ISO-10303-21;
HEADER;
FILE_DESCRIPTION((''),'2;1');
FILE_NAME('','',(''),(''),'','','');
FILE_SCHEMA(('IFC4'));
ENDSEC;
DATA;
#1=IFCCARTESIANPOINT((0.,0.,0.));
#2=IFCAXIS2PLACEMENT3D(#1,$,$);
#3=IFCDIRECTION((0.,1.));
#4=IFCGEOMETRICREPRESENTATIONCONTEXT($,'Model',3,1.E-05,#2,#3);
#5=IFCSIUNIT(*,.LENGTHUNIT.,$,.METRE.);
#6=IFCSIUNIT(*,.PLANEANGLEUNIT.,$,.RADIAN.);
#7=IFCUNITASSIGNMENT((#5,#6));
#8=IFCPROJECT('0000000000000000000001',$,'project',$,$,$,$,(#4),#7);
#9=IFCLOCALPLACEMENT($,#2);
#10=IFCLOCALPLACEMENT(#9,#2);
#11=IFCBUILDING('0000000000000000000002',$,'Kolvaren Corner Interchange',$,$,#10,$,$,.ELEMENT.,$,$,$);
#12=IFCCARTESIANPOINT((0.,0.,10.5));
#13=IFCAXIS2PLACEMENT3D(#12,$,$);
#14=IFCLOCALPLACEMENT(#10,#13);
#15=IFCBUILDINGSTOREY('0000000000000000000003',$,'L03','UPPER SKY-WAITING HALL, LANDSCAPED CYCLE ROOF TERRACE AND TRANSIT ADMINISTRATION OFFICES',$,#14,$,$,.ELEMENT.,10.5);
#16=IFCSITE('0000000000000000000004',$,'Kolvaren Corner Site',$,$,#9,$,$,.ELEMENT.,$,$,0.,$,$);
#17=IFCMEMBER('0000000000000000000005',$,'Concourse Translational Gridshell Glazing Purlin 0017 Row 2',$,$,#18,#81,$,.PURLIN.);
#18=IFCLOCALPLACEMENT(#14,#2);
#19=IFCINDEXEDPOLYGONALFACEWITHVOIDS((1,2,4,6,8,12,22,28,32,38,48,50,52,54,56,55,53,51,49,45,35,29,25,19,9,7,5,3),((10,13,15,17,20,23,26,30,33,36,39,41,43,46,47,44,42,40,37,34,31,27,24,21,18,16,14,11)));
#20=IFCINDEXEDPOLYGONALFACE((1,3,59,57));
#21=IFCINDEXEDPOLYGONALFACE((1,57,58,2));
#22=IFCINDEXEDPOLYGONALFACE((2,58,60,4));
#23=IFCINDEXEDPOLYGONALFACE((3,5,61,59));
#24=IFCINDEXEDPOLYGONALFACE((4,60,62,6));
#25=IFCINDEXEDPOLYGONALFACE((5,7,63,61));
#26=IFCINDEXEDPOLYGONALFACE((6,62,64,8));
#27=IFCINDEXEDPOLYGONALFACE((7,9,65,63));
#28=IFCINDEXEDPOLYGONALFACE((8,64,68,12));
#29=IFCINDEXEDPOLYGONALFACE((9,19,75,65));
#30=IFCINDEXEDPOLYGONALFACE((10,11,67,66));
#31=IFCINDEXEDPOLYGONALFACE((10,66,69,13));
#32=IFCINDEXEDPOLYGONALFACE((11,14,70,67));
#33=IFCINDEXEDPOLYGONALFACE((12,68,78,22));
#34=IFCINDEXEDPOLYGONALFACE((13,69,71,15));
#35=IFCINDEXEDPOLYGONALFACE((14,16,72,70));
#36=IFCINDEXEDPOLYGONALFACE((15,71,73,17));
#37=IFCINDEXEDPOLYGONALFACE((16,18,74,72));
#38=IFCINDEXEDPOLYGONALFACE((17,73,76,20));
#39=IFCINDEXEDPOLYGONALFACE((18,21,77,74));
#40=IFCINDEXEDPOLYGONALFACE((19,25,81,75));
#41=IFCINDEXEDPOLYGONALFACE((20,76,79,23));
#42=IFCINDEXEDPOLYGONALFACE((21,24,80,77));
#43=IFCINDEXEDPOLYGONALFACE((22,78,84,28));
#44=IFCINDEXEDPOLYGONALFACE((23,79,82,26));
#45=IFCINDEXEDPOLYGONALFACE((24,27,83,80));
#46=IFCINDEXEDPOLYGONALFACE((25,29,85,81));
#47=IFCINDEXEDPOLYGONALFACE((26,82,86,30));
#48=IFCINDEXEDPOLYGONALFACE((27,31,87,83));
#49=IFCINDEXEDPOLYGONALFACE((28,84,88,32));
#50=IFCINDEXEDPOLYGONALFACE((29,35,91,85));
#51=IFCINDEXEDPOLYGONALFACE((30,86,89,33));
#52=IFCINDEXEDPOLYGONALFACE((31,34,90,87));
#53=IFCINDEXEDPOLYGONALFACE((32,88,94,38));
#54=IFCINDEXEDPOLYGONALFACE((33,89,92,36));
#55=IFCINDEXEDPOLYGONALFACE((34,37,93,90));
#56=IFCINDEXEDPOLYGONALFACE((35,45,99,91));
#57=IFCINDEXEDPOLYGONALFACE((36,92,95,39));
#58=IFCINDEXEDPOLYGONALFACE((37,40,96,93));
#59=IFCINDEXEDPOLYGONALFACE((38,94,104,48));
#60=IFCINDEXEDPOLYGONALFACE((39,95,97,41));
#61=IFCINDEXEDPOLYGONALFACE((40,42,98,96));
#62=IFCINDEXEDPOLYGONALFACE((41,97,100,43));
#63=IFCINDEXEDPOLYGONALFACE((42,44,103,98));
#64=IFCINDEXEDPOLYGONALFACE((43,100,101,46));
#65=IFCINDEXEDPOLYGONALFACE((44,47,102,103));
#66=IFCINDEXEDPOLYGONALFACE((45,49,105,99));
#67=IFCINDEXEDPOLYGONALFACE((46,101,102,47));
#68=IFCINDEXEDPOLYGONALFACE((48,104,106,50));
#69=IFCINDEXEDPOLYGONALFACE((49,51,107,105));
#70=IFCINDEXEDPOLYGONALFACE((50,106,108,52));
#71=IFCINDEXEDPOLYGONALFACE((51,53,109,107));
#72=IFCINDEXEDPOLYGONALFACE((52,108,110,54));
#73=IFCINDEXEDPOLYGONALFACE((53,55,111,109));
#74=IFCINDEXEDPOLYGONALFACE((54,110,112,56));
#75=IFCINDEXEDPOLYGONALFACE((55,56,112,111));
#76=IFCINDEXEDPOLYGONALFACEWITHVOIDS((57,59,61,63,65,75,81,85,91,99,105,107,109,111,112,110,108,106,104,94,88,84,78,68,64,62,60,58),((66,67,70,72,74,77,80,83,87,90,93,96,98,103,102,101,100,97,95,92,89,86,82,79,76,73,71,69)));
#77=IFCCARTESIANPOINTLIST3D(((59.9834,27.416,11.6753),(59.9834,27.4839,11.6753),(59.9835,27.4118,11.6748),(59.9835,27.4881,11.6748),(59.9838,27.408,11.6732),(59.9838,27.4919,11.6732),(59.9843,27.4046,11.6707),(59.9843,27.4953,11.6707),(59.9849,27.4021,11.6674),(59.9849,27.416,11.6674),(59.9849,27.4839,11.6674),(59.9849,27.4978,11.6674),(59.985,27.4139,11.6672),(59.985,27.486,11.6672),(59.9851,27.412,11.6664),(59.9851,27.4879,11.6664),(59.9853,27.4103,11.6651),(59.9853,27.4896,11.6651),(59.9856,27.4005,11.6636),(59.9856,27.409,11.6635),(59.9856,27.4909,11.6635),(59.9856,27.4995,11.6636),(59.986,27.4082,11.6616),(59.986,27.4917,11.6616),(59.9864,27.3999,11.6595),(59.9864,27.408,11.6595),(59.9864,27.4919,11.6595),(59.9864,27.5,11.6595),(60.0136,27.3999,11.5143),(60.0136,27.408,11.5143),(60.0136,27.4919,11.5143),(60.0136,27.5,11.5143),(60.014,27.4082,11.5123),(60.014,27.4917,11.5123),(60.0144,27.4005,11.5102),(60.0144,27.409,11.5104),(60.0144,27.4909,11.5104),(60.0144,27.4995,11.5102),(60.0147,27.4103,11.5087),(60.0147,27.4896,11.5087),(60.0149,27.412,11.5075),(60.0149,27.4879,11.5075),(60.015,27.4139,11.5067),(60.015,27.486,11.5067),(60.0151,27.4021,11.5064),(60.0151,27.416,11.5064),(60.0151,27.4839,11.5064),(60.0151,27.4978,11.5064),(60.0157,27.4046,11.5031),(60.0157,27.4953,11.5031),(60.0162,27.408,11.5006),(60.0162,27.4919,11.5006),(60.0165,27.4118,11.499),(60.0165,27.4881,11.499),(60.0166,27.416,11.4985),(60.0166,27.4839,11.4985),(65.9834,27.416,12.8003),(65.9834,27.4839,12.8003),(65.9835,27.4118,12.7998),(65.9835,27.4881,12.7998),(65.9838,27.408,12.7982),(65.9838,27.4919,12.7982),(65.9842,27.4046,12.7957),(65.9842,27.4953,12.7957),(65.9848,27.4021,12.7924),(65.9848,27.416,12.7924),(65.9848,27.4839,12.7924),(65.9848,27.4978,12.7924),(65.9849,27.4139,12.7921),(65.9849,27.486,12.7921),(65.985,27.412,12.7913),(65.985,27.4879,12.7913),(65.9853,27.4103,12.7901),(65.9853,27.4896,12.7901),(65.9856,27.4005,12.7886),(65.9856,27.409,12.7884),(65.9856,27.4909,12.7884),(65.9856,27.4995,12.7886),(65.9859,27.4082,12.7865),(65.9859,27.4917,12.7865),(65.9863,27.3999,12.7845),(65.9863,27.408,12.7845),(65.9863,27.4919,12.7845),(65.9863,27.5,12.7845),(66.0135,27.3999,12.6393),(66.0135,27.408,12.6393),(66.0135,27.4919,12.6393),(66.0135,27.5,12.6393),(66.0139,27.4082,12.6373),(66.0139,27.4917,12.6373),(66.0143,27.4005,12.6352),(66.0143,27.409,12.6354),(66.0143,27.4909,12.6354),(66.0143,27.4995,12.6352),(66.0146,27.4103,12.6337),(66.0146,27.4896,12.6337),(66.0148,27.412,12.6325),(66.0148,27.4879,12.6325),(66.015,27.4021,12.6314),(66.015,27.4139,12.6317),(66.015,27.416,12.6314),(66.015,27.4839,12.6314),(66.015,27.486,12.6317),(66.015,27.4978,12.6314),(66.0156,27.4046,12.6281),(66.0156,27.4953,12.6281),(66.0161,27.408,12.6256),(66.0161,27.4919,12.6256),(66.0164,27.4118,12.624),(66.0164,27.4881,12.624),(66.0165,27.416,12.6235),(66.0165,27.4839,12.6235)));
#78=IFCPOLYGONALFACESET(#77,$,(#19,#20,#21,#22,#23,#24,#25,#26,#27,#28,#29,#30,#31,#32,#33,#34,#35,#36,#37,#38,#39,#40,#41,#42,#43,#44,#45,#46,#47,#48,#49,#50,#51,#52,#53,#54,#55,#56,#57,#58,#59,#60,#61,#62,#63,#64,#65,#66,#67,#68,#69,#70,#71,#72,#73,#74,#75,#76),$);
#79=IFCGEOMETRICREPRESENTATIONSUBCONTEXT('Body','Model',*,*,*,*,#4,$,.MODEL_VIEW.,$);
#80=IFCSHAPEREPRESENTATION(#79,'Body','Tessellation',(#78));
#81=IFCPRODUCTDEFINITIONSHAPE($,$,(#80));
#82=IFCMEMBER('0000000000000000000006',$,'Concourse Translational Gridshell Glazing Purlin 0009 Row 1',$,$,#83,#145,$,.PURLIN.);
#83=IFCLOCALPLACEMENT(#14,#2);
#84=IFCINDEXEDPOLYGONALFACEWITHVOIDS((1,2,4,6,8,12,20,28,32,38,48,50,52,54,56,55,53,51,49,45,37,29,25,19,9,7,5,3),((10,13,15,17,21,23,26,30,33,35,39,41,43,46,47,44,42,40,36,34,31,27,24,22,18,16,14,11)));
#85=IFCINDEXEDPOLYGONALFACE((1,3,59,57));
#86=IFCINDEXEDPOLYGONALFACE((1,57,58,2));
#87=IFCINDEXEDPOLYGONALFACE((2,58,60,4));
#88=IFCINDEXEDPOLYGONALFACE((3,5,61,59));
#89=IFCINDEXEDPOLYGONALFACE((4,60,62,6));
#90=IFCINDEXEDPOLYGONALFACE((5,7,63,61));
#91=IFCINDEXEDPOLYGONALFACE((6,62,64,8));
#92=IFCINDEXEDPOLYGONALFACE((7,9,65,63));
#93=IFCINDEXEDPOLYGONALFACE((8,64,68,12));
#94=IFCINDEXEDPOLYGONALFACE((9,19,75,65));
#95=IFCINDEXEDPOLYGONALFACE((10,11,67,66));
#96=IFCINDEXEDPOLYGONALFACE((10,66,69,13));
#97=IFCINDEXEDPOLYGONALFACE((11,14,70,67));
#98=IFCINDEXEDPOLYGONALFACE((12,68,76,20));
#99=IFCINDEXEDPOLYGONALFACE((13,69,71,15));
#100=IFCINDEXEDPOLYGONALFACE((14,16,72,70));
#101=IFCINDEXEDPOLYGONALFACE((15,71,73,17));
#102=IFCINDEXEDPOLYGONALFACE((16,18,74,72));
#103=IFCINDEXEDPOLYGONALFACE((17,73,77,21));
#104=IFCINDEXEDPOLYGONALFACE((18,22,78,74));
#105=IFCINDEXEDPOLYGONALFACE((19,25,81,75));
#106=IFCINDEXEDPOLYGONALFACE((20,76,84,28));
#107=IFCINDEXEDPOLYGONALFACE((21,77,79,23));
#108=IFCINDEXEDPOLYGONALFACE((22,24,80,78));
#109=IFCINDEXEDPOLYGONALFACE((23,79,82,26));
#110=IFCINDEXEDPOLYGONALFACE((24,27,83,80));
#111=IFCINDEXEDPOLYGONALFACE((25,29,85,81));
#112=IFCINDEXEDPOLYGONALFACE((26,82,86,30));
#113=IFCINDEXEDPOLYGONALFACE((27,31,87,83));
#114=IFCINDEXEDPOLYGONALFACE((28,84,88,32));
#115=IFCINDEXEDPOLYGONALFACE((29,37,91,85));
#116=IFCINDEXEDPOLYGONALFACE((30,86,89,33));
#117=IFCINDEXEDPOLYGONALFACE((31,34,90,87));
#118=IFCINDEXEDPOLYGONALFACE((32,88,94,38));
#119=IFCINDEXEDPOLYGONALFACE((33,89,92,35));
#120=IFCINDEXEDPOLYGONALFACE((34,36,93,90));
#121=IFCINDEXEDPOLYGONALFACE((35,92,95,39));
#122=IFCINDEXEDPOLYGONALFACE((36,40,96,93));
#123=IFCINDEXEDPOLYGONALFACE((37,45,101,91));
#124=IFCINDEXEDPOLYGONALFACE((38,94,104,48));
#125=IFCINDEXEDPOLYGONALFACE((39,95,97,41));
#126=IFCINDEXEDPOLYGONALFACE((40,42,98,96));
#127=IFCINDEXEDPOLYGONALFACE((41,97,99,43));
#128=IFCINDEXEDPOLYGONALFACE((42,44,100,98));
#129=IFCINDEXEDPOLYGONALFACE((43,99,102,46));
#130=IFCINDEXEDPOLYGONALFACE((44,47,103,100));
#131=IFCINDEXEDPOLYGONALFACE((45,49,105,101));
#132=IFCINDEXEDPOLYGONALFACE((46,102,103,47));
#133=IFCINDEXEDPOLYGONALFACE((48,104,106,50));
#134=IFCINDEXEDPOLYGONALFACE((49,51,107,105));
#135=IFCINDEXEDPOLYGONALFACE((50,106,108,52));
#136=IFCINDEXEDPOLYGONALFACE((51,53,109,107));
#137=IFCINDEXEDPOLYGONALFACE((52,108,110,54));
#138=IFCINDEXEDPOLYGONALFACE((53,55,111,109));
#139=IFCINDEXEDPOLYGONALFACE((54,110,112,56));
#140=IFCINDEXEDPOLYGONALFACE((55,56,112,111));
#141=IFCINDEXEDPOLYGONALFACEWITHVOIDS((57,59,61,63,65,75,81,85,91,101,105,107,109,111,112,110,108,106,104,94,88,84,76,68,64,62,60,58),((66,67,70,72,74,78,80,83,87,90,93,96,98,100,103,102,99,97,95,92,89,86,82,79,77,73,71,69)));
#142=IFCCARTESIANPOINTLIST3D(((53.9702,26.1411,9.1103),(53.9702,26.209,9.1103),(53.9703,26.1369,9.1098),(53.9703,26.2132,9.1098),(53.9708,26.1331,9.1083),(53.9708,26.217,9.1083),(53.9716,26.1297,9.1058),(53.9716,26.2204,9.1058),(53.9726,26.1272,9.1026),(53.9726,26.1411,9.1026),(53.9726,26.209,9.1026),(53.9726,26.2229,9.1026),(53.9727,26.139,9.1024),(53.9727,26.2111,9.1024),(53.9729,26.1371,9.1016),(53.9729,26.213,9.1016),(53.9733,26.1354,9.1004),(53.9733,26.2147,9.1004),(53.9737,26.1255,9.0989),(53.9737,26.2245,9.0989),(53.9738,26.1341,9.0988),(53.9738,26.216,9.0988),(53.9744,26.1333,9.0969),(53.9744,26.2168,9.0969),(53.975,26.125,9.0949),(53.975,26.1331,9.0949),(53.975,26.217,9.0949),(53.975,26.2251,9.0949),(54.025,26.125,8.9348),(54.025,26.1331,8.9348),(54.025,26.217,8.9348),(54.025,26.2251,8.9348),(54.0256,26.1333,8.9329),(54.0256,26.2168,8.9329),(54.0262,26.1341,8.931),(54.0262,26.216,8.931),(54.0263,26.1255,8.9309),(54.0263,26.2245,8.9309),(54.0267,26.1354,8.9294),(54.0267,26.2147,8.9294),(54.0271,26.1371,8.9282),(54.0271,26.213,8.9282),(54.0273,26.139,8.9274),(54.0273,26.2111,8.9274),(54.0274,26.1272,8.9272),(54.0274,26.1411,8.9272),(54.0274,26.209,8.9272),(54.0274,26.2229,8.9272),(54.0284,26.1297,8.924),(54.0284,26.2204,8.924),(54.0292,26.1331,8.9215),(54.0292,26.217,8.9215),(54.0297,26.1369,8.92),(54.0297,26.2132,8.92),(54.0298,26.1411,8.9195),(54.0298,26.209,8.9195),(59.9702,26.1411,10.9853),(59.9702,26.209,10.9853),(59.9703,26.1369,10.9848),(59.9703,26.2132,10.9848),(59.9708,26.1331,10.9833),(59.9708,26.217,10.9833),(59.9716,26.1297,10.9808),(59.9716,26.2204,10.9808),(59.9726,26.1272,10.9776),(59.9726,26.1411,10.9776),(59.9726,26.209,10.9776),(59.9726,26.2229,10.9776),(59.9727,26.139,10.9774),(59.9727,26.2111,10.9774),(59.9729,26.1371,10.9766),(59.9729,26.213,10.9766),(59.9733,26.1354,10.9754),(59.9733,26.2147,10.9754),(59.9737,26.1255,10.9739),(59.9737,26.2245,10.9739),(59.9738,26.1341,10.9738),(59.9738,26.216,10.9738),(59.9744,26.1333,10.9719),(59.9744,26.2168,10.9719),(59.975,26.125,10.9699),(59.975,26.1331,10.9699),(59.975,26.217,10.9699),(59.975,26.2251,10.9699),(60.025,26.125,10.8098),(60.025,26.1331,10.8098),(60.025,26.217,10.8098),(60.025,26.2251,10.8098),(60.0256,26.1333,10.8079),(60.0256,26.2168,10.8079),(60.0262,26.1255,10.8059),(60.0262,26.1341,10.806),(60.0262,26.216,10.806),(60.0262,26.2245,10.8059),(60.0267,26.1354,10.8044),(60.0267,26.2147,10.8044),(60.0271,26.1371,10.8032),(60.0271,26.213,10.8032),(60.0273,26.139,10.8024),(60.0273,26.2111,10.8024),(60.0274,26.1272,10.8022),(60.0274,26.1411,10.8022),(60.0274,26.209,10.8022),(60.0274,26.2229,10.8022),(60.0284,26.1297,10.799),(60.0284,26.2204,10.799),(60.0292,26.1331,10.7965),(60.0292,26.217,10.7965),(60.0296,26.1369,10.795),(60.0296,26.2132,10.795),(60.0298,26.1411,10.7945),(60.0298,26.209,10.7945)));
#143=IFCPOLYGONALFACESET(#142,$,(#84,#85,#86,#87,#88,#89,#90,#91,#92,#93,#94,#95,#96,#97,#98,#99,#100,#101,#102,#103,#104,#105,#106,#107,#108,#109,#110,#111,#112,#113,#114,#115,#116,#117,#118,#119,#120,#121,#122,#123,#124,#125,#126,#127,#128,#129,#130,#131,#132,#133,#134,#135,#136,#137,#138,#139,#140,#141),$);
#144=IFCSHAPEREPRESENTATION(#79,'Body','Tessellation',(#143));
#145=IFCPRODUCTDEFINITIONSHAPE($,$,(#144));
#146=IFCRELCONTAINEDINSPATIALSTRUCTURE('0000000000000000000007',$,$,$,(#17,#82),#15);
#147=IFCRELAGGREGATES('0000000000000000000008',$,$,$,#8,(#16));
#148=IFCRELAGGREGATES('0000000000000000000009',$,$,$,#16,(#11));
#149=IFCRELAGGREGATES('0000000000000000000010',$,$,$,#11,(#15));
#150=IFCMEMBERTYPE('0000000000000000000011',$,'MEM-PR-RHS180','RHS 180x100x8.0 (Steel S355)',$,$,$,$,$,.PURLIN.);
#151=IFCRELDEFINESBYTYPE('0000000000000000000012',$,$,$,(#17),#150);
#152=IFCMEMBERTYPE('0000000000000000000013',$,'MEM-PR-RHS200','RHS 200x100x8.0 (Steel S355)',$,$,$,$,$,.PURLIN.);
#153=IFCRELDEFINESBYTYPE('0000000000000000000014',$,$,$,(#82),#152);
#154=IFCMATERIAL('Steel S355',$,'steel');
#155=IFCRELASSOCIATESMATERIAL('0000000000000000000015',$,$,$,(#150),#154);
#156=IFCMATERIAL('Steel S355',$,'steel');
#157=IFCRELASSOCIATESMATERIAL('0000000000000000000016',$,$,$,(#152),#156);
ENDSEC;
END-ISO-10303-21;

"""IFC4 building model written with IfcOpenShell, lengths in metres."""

from ifc_helpers import new_model, si_unit, direction, frame, origin, origin_2d, place, context, subcontext, project, spatial, hollow_rectangle, extrude, material, material_profile, profile_set, type_object, element, save


model = new_model("IFC4")

# Units and contexts
model_context = context("Model", 3, precision=1e-05, world=origin(), true_north=direction((0.0, 1.0)))
body_context = subcontext(model_context, "Body", "Model", "MODEL_VIEW")
ifc_project = project(units=[si_unit("LENGTHUNIT", "METRE"), si_unit("PLANEANGLEUNIT", "RADIAN")], contexts=[model_context])

# Site, building, storey
site_placement = place(None, origin())
site = spatial("IfcSite", under=ifc_project, at=site_placement, Name="Kolvaren Corner Site", CompositionType="ELEMENT", RefElevation=0.0)
building_placement = place(site_placement, origin())
building = spatial("IfcBuilding", under=site, at=building_placement, Name="Kolvaren Corner Interchange", CompositionType="ELEMENT")
storey_placement = place(building_placement, frame((0.0, 0.0, 10.5)))
storey = spatial("IfcBuildingStorey", under=building, at=storey_placement, Name="L03", Description="UPPER SKY-WAITING HALL, LANDSCAPED CYCLE ROOF TERRACE AND TRANSIT ADMINISTRATION OFFICES", CompositionType="ELEMENT", Elevation=10.5)

# Members
ifc_material_1 = material(Name="Steel S355", Category="steel")
ifc_material_profile_1 = material_profile(ifc_material_1, hollow_rectangle(XDim=0.1001, YDim=0.1799, WallThickness=0.0081, InnerFilletRadius=0.0081, OuterFilletRadius=0.0161, at=origin_2d()), Name="RHS 180x100x8.0")
ifc_profile_set_1 = profile_set([ifc_material_profile_1], Name="Steel S355")
member_type_1 = type_object("IfcMemberType", Name="MEM-PR-RHS180", Description="RHS 180x100x8.0 (Steel S355)", PredefinedType="PURLIN", material=ifc_profile_set_1)
member_1_placement = place(storey_placement, frame((60.0, 27.45, 11.5869), z_axis=(0.982872, 0.0, 0.184289), x_axis=(0.0, 1.0, 0.0)))
element("IfcMember", 1, at=member_1_placement, inside=storey, type_object=member_type_1, Name="Concourse Translational Gridshell Glazing Purlin 0017 Row 2", PredefinedType="PURLIN", context=body_context, shape_type="SweptSolid", body=[
    extrude(hollow_rectangle(XDim=0.1001, YDim=0.1799, WallThickness=0.0081, InnerFilletRadius=0.0081, OuterFilletRadius=0.0161, at=origin_2d()), origin(), (0.0, 0.0, 1.0), 6.1045),
])
ifc_material_2 = material(Name="Steel S355", Category="steel")
ifc_material_profile_2 = material_profile(ifc_material_2, hollow_rectangle(XDim=0.1001, YDim=0.2, WallThickness=0.0081, InnerFilletRadius=0.0081, OuterFilletRadius=0.0161, at=origin_2d()), Name="RHS 200x100x8.0")
ifc_profile_set_2 = profile_set([ifc_material_profile_2], Name="Steel S355")
member_type_2 = type_object("IfcMemberType", Name="MEM-PR-RHS200", Description="RHS 200x100x8.0 (Steel S355)", PredefinedType="PURLIN", material=ifc_profile_set_2)
for number, where, z_axis, x_axis, name in (
    (2, (54.0, 26.175, 9.0149), (0.95448, 0.0, 0.298275), (0.0, 1.0, 0.0), "Concourse Translational Gridshell Glazing Purlin 0009 Row 1"),
):
    element("IfcMember", number, at=place(storey_placement, frame(where, z_axis=z_axis, x_axis=x_axis)), inside=storey, type_object=member_type_2, Name=name, PredefinedType="PURLIN", context=body_context, shape_type="SweptSolid", body=[
        extrude(hollow_rectangle(XDim=0.1001, YDim=0.2, WallThickness=0.0081, InnerFilletRadius=0.0081, OuterFilletRadius=0.0161, at=origin_2d()), origin(), (0.0, 0.0, 1.0), 6.2861),
    ])

save(model, "model.ifc")
